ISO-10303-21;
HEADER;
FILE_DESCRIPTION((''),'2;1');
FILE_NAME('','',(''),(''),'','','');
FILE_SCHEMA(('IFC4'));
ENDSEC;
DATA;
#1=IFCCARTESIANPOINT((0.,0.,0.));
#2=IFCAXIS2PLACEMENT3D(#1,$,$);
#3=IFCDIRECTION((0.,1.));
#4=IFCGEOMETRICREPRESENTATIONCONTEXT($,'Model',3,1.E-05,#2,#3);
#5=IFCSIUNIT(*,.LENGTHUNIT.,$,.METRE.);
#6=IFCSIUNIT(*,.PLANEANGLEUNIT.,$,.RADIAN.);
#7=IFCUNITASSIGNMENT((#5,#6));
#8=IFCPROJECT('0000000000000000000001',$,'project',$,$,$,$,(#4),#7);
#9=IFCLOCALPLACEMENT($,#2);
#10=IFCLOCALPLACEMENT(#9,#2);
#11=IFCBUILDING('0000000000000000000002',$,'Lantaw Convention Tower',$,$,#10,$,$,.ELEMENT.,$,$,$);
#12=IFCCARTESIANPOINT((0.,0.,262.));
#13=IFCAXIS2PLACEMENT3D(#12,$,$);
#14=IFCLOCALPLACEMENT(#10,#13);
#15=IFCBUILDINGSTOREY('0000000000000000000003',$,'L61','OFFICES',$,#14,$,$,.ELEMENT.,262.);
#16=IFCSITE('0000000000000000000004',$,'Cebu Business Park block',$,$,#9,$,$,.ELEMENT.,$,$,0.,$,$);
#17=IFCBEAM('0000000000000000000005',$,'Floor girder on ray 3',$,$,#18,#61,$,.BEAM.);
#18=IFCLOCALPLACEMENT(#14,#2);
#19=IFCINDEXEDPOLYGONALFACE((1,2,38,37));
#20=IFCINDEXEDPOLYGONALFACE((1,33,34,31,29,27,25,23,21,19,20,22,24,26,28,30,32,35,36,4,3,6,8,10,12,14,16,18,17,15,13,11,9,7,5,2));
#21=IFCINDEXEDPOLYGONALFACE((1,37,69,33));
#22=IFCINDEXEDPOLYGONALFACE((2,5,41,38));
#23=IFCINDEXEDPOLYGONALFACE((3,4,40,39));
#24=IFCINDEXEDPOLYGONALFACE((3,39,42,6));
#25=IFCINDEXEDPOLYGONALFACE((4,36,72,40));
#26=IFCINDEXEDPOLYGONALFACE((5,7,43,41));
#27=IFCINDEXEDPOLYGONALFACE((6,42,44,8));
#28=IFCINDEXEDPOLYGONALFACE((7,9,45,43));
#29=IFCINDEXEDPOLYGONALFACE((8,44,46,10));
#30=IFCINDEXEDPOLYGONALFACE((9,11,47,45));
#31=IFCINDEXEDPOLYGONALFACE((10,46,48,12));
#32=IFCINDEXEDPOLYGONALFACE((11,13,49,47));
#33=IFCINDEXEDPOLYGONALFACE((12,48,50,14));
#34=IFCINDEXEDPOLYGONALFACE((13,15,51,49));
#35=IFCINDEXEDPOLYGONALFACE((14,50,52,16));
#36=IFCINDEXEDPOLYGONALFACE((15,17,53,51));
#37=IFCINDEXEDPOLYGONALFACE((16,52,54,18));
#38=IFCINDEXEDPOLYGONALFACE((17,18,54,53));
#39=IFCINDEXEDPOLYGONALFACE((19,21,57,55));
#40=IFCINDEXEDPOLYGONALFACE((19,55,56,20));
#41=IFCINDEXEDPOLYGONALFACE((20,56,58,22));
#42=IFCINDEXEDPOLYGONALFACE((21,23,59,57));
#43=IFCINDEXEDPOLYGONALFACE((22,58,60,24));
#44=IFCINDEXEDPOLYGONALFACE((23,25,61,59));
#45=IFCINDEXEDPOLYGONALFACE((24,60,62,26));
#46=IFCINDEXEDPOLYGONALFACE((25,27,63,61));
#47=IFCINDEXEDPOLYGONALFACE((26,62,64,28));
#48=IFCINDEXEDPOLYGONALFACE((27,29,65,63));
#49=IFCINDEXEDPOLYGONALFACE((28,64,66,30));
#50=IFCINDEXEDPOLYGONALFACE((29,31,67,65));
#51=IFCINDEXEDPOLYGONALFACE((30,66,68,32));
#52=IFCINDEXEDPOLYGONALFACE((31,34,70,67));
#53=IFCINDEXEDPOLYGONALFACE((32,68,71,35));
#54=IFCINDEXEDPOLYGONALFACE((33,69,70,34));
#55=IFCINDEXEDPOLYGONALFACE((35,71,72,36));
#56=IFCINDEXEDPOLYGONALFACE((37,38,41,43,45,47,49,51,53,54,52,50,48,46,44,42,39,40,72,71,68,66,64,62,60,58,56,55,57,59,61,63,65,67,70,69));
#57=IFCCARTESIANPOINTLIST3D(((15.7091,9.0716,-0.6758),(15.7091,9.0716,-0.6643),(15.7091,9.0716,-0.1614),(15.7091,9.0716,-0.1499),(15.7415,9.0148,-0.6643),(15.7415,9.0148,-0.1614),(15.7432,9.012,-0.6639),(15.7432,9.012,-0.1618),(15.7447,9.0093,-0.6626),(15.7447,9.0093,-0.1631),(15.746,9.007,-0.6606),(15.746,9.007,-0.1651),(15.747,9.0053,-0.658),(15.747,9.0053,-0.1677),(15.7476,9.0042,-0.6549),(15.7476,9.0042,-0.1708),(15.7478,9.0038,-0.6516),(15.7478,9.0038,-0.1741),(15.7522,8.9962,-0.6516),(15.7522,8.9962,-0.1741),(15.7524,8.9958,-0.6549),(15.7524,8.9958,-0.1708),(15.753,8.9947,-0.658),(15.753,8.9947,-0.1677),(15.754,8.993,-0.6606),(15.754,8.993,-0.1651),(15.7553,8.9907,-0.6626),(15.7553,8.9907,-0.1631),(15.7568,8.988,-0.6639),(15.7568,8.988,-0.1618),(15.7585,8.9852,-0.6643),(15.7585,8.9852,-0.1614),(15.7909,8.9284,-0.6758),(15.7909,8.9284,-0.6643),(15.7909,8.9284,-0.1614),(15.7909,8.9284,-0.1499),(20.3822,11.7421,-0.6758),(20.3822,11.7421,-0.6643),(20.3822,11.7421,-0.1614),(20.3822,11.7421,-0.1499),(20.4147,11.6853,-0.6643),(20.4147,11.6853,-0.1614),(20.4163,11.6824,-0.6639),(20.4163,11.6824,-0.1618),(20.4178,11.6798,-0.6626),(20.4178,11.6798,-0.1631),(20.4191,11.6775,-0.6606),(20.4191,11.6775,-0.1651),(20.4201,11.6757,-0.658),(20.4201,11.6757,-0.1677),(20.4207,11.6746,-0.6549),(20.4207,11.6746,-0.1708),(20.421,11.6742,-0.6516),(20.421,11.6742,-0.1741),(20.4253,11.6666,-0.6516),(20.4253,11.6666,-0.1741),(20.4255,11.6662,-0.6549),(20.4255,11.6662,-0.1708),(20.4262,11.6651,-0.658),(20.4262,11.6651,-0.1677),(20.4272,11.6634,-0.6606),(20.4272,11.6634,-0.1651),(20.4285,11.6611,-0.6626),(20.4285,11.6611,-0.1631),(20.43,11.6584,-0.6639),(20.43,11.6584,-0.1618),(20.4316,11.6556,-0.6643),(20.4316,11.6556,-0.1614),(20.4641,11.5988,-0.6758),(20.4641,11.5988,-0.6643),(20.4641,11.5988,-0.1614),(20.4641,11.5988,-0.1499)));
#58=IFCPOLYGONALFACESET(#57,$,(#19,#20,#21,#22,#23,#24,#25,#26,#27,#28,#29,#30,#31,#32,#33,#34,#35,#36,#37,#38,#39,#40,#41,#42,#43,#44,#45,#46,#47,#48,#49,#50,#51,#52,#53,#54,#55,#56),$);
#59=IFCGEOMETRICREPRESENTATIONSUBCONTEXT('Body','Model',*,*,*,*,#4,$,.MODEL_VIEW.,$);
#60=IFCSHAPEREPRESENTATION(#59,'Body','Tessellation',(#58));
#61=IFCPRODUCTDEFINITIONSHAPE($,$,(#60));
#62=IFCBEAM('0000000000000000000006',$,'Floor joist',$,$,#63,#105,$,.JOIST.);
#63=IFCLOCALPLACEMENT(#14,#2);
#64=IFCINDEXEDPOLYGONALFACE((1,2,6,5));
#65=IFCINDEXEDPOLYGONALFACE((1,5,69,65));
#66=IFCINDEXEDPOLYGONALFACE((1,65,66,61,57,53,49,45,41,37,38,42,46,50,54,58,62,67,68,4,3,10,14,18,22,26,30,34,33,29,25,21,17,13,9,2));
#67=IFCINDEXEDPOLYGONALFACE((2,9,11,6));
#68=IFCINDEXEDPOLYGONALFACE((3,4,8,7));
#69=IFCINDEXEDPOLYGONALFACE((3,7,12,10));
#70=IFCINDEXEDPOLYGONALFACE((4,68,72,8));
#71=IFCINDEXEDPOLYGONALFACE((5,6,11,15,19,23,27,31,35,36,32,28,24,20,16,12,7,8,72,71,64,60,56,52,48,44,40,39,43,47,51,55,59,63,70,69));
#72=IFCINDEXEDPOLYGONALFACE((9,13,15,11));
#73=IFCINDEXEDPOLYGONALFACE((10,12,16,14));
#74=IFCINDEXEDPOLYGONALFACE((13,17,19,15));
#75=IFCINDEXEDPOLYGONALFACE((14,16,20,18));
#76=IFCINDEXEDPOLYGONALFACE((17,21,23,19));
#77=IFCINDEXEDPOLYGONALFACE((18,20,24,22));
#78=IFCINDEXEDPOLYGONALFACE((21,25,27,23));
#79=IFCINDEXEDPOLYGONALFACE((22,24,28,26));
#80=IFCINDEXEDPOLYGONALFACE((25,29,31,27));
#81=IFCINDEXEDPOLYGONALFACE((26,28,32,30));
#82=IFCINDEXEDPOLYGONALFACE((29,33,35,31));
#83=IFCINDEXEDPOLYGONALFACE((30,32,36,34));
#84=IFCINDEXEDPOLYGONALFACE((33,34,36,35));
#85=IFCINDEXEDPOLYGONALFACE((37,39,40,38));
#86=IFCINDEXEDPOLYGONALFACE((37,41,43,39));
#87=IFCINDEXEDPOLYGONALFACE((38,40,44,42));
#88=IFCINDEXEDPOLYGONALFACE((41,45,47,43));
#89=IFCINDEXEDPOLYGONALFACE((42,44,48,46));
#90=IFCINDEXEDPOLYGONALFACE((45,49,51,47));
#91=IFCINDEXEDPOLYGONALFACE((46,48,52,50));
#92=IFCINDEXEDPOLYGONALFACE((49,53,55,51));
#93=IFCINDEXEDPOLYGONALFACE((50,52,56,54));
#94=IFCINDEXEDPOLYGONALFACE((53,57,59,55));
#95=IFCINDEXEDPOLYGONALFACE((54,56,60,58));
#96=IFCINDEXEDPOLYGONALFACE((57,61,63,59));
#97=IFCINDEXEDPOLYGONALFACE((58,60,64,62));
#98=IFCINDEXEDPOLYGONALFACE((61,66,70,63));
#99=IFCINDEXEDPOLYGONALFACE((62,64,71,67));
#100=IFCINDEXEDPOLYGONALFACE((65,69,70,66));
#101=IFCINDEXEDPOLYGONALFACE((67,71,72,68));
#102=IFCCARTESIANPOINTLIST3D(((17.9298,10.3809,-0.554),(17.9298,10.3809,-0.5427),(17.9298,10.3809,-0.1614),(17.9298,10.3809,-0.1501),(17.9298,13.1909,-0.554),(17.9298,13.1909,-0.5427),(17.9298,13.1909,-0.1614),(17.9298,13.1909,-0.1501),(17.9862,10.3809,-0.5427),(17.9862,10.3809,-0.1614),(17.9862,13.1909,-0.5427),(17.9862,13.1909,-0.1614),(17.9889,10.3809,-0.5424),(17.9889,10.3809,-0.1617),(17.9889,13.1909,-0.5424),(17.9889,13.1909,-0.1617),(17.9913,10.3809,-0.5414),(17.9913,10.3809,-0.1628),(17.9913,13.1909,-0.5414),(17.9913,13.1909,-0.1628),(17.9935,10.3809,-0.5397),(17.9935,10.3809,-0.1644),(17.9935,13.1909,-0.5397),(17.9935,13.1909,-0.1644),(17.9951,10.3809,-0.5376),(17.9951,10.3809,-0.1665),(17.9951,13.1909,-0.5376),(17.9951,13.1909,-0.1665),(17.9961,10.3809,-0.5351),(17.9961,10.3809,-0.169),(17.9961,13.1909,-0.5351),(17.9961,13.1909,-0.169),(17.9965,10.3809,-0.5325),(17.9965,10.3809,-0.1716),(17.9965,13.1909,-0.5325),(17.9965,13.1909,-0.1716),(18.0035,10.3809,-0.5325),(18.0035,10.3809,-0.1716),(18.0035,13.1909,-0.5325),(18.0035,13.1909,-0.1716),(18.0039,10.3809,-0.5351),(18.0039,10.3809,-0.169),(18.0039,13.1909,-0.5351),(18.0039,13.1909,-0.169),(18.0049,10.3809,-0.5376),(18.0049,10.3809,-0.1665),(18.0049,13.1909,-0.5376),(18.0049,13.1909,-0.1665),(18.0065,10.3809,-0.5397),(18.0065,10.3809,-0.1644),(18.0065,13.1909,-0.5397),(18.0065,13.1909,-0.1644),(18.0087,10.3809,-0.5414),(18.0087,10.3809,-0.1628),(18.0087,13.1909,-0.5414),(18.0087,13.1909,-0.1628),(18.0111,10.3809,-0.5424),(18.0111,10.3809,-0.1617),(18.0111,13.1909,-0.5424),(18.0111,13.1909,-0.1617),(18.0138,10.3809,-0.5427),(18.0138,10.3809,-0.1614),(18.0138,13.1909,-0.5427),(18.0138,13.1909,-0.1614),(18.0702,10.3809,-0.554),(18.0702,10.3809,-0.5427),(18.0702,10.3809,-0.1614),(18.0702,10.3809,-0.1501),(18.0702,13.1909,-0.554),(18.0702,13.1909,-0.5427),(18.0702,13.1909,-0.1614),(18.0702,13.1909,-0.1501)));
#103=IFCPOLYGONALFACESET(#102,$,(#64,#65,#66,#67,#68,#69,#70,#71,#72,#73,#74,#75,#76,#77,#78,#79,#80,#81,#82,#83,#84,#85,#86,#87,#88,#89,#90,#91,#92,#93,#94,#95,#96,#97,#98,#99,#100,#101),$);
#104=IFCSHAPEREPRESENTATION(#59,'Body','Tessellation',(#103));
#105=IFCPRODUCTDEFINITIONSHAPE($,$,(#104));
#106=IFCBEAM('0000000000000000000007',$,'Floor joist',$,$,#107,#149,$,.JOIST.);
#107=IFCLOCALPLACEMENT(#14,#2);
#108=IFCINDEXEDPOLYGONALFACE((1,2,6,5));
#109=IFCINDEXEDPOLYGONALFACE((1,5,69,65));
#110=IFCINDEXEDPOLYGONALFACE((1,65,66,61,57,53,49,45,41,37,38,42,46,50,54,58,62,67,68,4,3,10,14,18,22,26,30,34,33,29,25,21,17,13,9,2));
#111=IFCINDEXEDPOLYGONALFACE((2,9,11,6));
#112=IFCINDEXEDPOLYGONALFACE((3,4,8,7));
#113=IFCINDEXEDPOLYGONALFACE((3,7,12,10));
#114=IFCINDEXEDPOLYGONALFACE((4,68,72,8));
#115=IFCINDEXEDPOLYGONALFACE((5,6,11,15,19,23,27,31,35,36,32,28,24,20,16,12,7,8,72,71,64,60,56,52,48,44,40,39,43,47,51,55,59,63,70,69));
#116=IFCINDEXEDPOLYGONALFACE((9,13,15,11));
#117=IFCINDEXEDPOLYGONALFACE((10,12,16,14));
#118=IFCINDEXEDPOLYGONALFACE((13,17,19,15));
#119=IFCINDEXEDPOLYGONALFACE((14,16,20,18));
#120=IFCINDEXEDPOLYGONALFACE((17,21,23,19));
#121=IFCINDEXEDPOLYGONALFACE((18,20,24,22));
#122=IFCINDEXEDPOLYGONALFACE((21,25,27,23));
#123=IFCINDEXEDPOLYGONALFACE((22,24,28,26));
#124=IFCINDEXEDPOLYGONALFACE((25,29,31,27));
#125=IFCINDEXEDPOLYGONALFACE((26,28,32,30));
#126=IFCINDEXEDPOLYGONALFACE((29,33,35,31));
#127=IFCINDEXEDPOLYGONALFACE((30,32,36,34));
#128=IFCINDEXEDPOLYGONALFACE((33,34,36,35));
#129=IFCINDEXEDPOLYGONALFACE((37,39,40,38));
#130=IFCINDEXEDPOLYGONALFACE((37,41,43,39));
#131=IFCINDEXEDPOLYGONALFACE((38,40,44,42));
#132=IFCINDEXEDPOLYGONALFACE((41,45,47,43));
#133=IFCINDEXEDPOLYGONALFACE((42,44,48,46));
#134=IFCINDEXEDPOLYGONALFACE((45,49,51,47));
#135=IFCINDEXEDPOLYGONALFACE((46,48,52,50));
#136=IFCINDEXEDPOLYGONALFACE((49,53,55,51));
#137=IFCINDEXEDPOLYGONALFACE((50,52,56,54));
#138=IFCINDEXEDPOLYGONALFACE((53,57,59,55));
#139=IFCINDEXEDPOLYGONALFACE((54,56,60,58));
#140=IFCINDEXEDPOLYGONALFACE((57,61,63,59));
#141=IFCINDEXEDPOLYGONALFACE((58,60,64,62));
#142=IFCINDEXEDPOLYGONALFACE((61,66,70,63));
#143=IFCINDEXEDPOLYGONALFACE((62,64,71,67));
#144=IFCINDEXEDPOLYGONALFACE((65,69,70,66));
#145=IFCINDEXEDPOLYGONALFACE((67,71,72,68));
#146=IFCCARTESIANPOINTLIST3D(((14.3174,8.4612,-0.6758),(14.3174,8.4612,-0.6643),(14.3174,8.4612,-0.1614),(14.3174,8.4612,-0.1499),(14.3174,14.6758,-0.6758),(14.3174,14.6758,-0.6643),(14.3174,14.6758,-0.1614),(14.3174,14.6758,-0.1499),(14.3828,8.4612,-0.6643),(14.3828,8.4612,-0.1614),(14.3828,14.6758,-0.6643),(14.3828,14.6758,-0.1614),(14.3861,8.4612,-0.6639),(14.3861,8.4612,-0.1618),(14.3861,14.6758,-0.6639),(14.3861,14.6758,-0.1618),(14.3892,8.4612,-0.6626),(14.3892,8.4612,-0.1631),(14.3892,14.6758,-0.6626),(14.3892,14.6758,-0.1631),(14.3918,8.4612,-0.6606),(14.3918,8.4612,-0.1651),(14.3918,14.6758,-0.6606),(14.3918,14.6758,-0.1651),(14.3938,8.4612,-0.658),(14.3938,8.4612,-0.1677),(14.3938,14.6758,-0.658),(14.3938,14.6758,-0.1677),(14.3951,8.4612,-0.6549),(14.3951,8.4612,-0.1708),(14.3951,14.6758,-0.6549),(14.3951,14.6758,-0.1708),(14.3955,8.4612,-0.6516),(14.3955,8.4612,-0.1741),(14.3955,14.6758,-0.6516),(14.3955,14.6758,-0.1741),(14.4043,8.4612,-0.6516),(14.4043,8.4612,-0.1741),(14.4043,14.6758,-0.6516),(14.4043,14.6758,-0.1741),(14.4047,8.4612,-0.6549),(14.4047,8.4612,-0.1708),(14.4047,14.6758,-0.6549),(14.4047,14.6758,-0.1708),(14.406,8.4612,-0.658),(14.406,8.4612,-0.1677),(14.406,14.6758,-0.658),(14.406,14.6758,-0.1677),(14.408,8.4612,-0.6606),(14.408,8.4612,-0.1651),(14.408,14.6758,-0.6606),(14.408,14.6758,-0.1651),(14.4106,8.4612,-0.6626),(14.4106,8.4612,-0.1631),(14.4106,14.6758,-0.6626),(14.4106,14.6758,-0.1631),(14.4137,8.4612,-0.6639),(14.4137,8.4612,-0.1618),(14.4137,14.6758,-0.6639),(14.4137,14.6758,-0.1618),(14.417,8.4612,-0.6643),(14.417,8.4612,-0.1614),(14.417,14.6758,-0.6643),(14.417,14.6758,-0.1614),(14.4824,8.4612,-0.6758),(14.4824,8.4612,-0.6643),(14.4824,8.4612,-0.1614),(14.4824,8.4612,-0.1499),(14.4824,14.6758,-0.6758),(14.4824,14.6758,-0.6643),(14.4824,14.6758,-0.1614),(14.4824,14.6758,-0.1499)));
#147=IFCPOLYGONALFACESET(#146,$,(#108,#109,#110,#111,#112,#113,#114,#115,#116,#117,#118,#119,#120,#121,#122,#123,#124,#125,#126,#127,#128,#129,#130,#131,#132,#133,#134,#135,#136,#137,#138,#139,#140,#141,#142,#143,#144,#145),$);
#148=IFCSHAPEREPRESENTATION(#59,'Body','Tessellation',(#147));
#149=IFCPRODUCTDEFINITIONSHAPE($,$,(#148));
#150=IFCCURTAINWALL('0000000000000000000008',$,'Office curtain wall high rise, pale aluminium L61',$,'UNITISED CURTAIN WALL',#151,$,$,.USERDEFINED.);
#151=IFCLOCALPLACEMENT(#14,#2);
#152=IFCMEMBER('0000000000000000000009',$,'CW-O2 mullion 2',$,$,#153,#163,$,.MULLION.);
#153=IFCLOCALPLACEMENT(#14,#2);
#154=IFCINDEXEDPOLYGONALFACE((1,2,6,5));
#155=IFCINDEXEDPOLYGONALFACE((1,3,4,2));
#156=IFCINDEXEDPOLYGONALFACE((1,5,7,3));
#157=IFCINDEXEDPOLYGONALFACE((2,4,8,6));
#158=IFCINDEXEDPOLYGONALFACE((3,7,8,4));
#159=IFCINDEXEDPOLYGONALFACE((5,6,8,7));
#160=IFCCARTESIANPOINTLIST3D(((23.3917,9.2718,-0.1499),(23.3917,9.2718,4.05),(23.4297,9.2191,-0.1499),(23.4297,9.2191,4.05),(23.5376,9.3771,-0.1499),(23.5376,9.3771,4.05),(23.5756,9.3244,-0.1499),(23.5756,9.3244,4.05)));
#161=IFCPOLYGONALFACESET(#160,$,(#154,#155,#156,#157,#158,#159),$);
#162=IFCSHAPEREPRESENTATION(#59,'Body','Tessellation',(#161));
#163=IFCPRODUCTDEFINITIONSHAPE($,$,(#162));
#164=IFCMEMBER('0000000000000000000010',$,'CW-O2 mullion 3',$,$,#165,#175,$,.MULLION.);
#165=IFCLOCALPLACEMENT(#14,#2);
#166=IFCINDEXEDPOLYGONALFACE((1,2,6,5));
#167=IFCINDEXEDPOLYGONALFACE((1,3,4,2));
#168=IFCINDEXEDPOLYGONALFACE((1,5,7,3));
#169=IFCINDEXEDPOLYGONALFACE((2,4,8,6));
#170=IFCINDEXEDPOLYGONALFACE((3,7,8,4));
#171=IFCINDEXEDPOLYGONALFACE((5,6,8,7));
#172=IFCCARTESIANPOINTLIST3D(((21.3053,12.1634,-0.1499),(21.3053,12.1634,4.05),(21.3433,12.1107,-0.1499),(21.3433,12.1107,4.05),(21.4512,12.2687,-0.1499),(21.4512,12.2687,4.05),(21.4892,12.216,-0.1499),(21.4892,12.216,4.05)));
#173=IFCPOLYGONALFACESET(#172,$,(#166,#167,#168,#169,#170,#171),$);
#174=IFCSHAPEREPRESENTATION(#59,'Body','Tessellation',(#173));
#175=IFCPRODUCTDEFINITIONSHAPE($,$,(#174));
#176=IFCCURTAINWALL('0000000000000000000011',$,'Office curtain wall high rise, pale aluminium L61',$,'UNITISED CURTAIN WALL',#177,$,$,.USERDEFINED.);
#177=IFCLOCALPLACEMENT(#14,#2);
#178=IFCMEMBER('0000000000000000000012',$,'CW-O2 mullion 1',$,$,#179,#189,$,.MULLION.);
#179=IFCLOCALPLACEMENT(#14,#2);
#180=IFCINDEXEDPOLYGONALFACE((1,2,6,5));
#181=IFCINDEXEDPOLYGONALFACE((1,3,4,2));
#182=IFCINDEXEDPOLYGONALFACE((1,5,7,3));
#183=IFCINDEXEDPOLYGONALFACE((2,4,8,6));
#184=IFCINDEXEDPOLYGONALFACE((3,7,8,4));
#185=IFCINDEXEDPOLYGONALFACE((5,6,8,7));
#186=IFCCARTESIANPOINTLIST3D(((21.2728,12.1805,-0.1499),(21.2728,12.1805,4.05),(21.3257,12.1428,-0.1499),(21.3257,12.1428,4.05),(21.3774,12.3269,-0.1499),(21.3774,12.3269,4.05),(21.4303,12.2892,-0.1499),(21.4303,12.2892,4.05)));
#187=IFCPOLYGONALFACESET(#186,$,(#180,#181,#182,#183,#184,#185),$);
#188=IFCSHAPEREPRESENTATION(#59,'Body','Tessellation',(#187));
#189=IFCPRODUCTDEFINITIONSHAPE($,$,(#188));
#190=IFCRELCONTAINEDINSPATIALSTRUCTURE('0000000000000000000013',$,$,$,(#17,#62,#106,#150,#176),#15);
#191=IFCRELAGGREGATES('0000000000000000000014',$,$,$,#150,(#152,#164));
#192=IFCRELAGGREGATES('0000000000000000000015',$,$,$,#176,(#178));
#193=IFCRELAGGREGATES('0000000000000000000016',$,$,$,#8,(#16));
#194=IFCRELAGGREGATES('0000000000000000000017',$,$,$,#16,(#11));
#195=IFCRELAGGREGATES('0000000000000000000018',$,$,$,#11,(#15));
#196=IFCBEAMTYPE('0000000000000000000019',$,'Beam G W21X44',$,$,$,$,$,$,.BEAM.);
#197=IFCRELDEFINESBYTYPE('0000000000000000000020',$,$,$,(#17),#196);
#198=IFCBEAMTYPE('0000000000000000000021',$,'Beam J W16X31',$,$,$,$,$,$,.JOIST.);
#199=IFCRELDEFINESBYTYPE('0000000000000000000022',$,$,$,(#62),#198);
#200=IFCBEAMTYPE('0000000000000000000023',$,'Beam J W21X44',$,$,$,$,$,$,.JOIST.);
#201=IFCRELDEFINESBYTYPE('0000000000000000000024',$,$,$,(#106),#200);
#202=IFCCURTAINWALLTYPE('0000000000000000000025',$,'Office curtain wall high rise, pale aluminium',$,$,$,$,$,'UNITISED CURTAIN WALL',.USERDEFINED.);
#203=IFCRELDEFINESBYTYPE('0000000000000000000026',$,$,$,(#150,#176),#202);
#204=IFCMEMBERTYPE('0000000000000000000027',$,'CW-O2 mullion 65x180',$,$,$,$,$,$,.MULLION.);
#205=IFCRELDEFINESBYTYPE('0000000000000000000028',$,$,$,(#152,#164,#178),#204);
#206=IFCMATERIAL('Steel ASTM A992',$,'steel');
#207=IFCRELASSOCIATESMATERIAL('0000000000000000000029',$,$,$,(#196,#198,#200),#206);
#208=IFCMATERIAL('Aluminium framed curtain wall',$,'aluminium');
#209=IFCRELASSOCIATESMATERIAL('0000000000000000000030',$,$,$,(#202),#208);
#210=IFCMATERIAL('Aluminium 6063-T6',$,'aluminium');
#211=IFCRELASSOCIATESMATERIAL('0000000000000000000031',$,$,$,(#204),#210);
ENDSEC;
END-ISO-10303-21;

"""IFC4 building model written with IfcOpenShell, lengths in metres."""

from ifc_helpers import new_model, si_unit, direction, frame, origin, origin_2d, place, context, subcontext, project, spatial, rectangle, i_section, extrude, material, material_profile, profile_set, type_object, element, aggregate, save


model = new_model("IFC4")

# Units and contexts
model_context = context("Model", 3, precision=1e-05, world=origin(), true_north=direction((0.0, 1.0)))
body_context = subcontext(model_context, "Body", "Model", "MODEL_VIEW")
ifc_project = project(units=[si_unit("LENGTHUNIT", "METRE"), si_unit("PLANEANGLEUNIT", "RADIAN")], contexts=[model_context])

# Site, building, storey
site_placement = place(None, origin())
site = spatial("IfcSite", under=ifc_project, at=site_placement, Name="Cebu Business Park block", CompositionType="ELEMENT", RefElevation=0.0)
building_placement = place(site_placement, origin())
building = spatial("IfcBuilding", under=site, at=building_placement, Name="Lantaw Convention Tower", CompositionType="ELEMENT")
storey_placement = place(building_placement, frame((0.0, 0.0, 262.0)))
storey = spatial("IfcBuildingStorey", under=building, at=storey_placement, Name="L61", Description="OFFICES", CompositionType="ELEMENT", Elevation=262.0)

# Beams
ifc_material_1 = material(Name="Steel ASTM A992", Category="steel")
ifc_material_profile_1 = material_profile(ifc_material_1, i_section(OverallWidth=0.165, OverallDepth=0.5259, WebThickness=0.0088, FlangeThickness=0.0115, FilletRadius=0.0127, at=origin_2d()), Name="W21X44")
ifc_profile_set_1 = profile_set([ifc_material_profile_1], Name="Steel ASTM A992")
beam_type_1 = type_object("IfcBeamType", Name="Beam G W21X44", PredefinedType="BEAM", material=ifc_profile_set_1)
beam_1_placement = place(storey_placement, frame((15.75, 9.0, -0.4128), z_axis=(0.868238, 0.496149, 0.0), x_axis=(-0.496149, 0.868238, 0.0)))
element("IfcBeam", 1, at=beam_1_placement, inside=storey, type_object=beam_type_1, Name="Floor girder on ray 3", PredefinedType="BEAM", context=body_context, shape_type="SweptSolid", body=[
    extrude(i_section(OverallWidth=0.165, OverallDepth=0.5259, WebThickness=0.0088, FlangeThickness=0.0115, FilletRadius=0.0127, at=origin_2d()), origin(), (0.0, 0.0, 1.0), 5.3823),
])
ifc_material_profile_2 = material_profile(ifc_material_1, i_section(OverallWidth=0.1404, OverallDepth=0.4038, WebThickness=0.0071, FlangeThickness=0.0112, FilletRadius=0.0103, at=origin_2d()), Name="W16X31")
ifc_profile_set_2 = profile_set([ifc_material_profile_2], Name="Steel ASTM A992")
beam_type_2 = type_object("IfcBeamType", Name="Beam J W16X31", PredefinedType="JOIST", material=ifc_profile_set_2)
beam_2_placement = place(storey_placement, frame((18.0, 10.3809, -0.3521), z_axis=(0.0, 1.0, 0.0), x_axis=(-1.0, 0.0, 0.0)))
element("IfcBeam", 2, at=beam_2_placement, inside=storey, type_object=beam_type_2, Name="Floor joist", PredefinedType="JOIST", context=body_context, shape_type="SweptSolid", body=[
    extrude(i_section(OverallWidth=0.1404, OverallDepth=0.4038, WebThickness=0.0071, FlangeThickness=0.0112, FilletRadius=0.0103, at=origin_2d()), origin(), (0.0, 0.0, 1.0), 2.8101),
])
ifc_material_profile_3 = material_profile(ifc_material_1, i_section(OverallWidth=0.165, OverallDepth=0.5259, WebThickness=0.0088, FlangeThickness=0.0115, FilletRadius=0.0127, at=origin_2d()), Name="W21X44")
ifc_profile_set_3 = profile_set([ifc_material_profile_3], Name="Steel ASTM A992")
beam_type_3 = type_object("IfcBeamType", Name="Beam J W21X44", PredefinedType="JOIST", material=ifc_profile_set_3)
beam_3_placement = place(storey_placement, frame((14.3999, 8.4612, -0.4128), z_axis=(0.0, 1.0, 0.0), x_axis=(-1.0, 0.0, 0.0)))
element("IfcBeam", 3, at=beam_3_placement, inside=storey, type_object=beam_type_3, Name="Floor joist", PredefinedType="JOIST", context=body_context, shape_type="SweptSolid", body=[
    extrude(i_section(OverallWidth=0.165, OverallDepth=0.5259, WebThickness=0.0088, FlangeThickness=0.0115, FilletRadius=0.0127, at=origin_2d()), origin(), (0.0, 0.0, 1.0), 6.2146),
])

# Curtain walls, members
ifc_material_2 = material(Name="Aluminium framed curtain wall", Category="aluminium")
curtain_wall_type = type_object("IfcCurtainWallType", Name="Office curtain wall high rise, pale aluminium", ElementType="UNITISED CURTAIN WALL", PredefinedType="USERDEFINED", material=ifc_material_2)
curtain_wall_1_placement = place(storey_placement, origin())
curtain_wall_1 = element("IfcCurtainWall", 4, at=curtain_wall_1_placement, inside=storey, type_object=curtain_wall_type, Name="Office curtain wall high rise, pale aluminium L61", ObjectType="UNITISED CURTAIN WALL", PredefinedType="USERDEFINED")
ifc_material_3 = material(Name="Aluminium 6063-T6", Category="aluminium")
ifc_material_profile_4 = material_profile(ifc_material_3, rectangle(XDim=0.1799, YDim=0.0649, at=origin_2d()), Name="CW-O2 mullion 65x180")
ifc_profile_set_4 = profile_set([ifc_material_profile_4], Name="Aluminium 6063-T6")
member_type_1 = type_object("IfcMemberType", Name="CW-O2 mullion 65x180", PredefinedType="MULLION", material=ifc_profile_set_4)
member_1_placement = place(storey_placement, frame((23.4836, 9.2981, -0.1499), z_axis=(0.0, 0.0, 1.0), x_axis=(-0.81092, -0.585158, 0.0)))
member_1 = element("IfcMember", 5, at=member_1_placement, type_object=member_type_1, Name="CW-O2 mullion 2", PredefinedType="MULLION", context=body_context, shape_type="SweptSolid", body=[
    extrude(rectangle(XDim=0.1799, YDim=0.0649, at=origin_2d()), origin(), (0.0, 0.0, 1.0), 4.2),
])
member_2_placement = place(storey_placement, frame((21.3972, 12.1897, -0.1499), z_axis=(0.0, 0.0, 1.0), x_axis=(-0.81092, -0.585158, 0.0)))
member_2 = element("IfcMember", 6, at=member_2_placement, type_object=member_type_1, Name="CW-O2 mullion 3", PredefinedType="MULLION", context=body_context, shape_type="SweptSolid", body=[
    extrude(rectangle(XDim=0.1799, YDim=0.0649, at=origin_2d()), origin(), (0.0, 0.0, 1.0), 4.2),
])
curtain_wall_2_placement = place(storey_placement, origin())
curtain_wall_2 = element("IfcCurtainWall", 7, at=curtain_wall_2_placement, inside=storey, type_object=curtain_wall_type, Name="Office curtain wall high rise, pale aluminium L61", ObjectType="UNITISED CURTAIN WALL", PredefinedType="USERDEFINED")
member_3_placement = place(storey_placement, frame((21.3516, 12.2349, -0.1499), z_axis=(0.0, 0.0, 1.0), x_axis=(-0.581323, -0.813673, 0.0)))
member_3 = element("IfcMember", 8, at=member_3_placement, type_object=member_type_1, Name="CW-O2 mullion 1", PredefinedType="MULLION", context=body_context, shape_type="SweptSolid", body=[
    extrude(rectangle(XDim=0.1799, YDim=0.0649, at=origin_2d()), origin(), (0.0, 0.0, 1.0), 4.2),
])

aggregate(curtain_wall_1, [member_1, member_2])
aggregate(curtain_wall_2, [member_3])

save(model, "model.ifc")
